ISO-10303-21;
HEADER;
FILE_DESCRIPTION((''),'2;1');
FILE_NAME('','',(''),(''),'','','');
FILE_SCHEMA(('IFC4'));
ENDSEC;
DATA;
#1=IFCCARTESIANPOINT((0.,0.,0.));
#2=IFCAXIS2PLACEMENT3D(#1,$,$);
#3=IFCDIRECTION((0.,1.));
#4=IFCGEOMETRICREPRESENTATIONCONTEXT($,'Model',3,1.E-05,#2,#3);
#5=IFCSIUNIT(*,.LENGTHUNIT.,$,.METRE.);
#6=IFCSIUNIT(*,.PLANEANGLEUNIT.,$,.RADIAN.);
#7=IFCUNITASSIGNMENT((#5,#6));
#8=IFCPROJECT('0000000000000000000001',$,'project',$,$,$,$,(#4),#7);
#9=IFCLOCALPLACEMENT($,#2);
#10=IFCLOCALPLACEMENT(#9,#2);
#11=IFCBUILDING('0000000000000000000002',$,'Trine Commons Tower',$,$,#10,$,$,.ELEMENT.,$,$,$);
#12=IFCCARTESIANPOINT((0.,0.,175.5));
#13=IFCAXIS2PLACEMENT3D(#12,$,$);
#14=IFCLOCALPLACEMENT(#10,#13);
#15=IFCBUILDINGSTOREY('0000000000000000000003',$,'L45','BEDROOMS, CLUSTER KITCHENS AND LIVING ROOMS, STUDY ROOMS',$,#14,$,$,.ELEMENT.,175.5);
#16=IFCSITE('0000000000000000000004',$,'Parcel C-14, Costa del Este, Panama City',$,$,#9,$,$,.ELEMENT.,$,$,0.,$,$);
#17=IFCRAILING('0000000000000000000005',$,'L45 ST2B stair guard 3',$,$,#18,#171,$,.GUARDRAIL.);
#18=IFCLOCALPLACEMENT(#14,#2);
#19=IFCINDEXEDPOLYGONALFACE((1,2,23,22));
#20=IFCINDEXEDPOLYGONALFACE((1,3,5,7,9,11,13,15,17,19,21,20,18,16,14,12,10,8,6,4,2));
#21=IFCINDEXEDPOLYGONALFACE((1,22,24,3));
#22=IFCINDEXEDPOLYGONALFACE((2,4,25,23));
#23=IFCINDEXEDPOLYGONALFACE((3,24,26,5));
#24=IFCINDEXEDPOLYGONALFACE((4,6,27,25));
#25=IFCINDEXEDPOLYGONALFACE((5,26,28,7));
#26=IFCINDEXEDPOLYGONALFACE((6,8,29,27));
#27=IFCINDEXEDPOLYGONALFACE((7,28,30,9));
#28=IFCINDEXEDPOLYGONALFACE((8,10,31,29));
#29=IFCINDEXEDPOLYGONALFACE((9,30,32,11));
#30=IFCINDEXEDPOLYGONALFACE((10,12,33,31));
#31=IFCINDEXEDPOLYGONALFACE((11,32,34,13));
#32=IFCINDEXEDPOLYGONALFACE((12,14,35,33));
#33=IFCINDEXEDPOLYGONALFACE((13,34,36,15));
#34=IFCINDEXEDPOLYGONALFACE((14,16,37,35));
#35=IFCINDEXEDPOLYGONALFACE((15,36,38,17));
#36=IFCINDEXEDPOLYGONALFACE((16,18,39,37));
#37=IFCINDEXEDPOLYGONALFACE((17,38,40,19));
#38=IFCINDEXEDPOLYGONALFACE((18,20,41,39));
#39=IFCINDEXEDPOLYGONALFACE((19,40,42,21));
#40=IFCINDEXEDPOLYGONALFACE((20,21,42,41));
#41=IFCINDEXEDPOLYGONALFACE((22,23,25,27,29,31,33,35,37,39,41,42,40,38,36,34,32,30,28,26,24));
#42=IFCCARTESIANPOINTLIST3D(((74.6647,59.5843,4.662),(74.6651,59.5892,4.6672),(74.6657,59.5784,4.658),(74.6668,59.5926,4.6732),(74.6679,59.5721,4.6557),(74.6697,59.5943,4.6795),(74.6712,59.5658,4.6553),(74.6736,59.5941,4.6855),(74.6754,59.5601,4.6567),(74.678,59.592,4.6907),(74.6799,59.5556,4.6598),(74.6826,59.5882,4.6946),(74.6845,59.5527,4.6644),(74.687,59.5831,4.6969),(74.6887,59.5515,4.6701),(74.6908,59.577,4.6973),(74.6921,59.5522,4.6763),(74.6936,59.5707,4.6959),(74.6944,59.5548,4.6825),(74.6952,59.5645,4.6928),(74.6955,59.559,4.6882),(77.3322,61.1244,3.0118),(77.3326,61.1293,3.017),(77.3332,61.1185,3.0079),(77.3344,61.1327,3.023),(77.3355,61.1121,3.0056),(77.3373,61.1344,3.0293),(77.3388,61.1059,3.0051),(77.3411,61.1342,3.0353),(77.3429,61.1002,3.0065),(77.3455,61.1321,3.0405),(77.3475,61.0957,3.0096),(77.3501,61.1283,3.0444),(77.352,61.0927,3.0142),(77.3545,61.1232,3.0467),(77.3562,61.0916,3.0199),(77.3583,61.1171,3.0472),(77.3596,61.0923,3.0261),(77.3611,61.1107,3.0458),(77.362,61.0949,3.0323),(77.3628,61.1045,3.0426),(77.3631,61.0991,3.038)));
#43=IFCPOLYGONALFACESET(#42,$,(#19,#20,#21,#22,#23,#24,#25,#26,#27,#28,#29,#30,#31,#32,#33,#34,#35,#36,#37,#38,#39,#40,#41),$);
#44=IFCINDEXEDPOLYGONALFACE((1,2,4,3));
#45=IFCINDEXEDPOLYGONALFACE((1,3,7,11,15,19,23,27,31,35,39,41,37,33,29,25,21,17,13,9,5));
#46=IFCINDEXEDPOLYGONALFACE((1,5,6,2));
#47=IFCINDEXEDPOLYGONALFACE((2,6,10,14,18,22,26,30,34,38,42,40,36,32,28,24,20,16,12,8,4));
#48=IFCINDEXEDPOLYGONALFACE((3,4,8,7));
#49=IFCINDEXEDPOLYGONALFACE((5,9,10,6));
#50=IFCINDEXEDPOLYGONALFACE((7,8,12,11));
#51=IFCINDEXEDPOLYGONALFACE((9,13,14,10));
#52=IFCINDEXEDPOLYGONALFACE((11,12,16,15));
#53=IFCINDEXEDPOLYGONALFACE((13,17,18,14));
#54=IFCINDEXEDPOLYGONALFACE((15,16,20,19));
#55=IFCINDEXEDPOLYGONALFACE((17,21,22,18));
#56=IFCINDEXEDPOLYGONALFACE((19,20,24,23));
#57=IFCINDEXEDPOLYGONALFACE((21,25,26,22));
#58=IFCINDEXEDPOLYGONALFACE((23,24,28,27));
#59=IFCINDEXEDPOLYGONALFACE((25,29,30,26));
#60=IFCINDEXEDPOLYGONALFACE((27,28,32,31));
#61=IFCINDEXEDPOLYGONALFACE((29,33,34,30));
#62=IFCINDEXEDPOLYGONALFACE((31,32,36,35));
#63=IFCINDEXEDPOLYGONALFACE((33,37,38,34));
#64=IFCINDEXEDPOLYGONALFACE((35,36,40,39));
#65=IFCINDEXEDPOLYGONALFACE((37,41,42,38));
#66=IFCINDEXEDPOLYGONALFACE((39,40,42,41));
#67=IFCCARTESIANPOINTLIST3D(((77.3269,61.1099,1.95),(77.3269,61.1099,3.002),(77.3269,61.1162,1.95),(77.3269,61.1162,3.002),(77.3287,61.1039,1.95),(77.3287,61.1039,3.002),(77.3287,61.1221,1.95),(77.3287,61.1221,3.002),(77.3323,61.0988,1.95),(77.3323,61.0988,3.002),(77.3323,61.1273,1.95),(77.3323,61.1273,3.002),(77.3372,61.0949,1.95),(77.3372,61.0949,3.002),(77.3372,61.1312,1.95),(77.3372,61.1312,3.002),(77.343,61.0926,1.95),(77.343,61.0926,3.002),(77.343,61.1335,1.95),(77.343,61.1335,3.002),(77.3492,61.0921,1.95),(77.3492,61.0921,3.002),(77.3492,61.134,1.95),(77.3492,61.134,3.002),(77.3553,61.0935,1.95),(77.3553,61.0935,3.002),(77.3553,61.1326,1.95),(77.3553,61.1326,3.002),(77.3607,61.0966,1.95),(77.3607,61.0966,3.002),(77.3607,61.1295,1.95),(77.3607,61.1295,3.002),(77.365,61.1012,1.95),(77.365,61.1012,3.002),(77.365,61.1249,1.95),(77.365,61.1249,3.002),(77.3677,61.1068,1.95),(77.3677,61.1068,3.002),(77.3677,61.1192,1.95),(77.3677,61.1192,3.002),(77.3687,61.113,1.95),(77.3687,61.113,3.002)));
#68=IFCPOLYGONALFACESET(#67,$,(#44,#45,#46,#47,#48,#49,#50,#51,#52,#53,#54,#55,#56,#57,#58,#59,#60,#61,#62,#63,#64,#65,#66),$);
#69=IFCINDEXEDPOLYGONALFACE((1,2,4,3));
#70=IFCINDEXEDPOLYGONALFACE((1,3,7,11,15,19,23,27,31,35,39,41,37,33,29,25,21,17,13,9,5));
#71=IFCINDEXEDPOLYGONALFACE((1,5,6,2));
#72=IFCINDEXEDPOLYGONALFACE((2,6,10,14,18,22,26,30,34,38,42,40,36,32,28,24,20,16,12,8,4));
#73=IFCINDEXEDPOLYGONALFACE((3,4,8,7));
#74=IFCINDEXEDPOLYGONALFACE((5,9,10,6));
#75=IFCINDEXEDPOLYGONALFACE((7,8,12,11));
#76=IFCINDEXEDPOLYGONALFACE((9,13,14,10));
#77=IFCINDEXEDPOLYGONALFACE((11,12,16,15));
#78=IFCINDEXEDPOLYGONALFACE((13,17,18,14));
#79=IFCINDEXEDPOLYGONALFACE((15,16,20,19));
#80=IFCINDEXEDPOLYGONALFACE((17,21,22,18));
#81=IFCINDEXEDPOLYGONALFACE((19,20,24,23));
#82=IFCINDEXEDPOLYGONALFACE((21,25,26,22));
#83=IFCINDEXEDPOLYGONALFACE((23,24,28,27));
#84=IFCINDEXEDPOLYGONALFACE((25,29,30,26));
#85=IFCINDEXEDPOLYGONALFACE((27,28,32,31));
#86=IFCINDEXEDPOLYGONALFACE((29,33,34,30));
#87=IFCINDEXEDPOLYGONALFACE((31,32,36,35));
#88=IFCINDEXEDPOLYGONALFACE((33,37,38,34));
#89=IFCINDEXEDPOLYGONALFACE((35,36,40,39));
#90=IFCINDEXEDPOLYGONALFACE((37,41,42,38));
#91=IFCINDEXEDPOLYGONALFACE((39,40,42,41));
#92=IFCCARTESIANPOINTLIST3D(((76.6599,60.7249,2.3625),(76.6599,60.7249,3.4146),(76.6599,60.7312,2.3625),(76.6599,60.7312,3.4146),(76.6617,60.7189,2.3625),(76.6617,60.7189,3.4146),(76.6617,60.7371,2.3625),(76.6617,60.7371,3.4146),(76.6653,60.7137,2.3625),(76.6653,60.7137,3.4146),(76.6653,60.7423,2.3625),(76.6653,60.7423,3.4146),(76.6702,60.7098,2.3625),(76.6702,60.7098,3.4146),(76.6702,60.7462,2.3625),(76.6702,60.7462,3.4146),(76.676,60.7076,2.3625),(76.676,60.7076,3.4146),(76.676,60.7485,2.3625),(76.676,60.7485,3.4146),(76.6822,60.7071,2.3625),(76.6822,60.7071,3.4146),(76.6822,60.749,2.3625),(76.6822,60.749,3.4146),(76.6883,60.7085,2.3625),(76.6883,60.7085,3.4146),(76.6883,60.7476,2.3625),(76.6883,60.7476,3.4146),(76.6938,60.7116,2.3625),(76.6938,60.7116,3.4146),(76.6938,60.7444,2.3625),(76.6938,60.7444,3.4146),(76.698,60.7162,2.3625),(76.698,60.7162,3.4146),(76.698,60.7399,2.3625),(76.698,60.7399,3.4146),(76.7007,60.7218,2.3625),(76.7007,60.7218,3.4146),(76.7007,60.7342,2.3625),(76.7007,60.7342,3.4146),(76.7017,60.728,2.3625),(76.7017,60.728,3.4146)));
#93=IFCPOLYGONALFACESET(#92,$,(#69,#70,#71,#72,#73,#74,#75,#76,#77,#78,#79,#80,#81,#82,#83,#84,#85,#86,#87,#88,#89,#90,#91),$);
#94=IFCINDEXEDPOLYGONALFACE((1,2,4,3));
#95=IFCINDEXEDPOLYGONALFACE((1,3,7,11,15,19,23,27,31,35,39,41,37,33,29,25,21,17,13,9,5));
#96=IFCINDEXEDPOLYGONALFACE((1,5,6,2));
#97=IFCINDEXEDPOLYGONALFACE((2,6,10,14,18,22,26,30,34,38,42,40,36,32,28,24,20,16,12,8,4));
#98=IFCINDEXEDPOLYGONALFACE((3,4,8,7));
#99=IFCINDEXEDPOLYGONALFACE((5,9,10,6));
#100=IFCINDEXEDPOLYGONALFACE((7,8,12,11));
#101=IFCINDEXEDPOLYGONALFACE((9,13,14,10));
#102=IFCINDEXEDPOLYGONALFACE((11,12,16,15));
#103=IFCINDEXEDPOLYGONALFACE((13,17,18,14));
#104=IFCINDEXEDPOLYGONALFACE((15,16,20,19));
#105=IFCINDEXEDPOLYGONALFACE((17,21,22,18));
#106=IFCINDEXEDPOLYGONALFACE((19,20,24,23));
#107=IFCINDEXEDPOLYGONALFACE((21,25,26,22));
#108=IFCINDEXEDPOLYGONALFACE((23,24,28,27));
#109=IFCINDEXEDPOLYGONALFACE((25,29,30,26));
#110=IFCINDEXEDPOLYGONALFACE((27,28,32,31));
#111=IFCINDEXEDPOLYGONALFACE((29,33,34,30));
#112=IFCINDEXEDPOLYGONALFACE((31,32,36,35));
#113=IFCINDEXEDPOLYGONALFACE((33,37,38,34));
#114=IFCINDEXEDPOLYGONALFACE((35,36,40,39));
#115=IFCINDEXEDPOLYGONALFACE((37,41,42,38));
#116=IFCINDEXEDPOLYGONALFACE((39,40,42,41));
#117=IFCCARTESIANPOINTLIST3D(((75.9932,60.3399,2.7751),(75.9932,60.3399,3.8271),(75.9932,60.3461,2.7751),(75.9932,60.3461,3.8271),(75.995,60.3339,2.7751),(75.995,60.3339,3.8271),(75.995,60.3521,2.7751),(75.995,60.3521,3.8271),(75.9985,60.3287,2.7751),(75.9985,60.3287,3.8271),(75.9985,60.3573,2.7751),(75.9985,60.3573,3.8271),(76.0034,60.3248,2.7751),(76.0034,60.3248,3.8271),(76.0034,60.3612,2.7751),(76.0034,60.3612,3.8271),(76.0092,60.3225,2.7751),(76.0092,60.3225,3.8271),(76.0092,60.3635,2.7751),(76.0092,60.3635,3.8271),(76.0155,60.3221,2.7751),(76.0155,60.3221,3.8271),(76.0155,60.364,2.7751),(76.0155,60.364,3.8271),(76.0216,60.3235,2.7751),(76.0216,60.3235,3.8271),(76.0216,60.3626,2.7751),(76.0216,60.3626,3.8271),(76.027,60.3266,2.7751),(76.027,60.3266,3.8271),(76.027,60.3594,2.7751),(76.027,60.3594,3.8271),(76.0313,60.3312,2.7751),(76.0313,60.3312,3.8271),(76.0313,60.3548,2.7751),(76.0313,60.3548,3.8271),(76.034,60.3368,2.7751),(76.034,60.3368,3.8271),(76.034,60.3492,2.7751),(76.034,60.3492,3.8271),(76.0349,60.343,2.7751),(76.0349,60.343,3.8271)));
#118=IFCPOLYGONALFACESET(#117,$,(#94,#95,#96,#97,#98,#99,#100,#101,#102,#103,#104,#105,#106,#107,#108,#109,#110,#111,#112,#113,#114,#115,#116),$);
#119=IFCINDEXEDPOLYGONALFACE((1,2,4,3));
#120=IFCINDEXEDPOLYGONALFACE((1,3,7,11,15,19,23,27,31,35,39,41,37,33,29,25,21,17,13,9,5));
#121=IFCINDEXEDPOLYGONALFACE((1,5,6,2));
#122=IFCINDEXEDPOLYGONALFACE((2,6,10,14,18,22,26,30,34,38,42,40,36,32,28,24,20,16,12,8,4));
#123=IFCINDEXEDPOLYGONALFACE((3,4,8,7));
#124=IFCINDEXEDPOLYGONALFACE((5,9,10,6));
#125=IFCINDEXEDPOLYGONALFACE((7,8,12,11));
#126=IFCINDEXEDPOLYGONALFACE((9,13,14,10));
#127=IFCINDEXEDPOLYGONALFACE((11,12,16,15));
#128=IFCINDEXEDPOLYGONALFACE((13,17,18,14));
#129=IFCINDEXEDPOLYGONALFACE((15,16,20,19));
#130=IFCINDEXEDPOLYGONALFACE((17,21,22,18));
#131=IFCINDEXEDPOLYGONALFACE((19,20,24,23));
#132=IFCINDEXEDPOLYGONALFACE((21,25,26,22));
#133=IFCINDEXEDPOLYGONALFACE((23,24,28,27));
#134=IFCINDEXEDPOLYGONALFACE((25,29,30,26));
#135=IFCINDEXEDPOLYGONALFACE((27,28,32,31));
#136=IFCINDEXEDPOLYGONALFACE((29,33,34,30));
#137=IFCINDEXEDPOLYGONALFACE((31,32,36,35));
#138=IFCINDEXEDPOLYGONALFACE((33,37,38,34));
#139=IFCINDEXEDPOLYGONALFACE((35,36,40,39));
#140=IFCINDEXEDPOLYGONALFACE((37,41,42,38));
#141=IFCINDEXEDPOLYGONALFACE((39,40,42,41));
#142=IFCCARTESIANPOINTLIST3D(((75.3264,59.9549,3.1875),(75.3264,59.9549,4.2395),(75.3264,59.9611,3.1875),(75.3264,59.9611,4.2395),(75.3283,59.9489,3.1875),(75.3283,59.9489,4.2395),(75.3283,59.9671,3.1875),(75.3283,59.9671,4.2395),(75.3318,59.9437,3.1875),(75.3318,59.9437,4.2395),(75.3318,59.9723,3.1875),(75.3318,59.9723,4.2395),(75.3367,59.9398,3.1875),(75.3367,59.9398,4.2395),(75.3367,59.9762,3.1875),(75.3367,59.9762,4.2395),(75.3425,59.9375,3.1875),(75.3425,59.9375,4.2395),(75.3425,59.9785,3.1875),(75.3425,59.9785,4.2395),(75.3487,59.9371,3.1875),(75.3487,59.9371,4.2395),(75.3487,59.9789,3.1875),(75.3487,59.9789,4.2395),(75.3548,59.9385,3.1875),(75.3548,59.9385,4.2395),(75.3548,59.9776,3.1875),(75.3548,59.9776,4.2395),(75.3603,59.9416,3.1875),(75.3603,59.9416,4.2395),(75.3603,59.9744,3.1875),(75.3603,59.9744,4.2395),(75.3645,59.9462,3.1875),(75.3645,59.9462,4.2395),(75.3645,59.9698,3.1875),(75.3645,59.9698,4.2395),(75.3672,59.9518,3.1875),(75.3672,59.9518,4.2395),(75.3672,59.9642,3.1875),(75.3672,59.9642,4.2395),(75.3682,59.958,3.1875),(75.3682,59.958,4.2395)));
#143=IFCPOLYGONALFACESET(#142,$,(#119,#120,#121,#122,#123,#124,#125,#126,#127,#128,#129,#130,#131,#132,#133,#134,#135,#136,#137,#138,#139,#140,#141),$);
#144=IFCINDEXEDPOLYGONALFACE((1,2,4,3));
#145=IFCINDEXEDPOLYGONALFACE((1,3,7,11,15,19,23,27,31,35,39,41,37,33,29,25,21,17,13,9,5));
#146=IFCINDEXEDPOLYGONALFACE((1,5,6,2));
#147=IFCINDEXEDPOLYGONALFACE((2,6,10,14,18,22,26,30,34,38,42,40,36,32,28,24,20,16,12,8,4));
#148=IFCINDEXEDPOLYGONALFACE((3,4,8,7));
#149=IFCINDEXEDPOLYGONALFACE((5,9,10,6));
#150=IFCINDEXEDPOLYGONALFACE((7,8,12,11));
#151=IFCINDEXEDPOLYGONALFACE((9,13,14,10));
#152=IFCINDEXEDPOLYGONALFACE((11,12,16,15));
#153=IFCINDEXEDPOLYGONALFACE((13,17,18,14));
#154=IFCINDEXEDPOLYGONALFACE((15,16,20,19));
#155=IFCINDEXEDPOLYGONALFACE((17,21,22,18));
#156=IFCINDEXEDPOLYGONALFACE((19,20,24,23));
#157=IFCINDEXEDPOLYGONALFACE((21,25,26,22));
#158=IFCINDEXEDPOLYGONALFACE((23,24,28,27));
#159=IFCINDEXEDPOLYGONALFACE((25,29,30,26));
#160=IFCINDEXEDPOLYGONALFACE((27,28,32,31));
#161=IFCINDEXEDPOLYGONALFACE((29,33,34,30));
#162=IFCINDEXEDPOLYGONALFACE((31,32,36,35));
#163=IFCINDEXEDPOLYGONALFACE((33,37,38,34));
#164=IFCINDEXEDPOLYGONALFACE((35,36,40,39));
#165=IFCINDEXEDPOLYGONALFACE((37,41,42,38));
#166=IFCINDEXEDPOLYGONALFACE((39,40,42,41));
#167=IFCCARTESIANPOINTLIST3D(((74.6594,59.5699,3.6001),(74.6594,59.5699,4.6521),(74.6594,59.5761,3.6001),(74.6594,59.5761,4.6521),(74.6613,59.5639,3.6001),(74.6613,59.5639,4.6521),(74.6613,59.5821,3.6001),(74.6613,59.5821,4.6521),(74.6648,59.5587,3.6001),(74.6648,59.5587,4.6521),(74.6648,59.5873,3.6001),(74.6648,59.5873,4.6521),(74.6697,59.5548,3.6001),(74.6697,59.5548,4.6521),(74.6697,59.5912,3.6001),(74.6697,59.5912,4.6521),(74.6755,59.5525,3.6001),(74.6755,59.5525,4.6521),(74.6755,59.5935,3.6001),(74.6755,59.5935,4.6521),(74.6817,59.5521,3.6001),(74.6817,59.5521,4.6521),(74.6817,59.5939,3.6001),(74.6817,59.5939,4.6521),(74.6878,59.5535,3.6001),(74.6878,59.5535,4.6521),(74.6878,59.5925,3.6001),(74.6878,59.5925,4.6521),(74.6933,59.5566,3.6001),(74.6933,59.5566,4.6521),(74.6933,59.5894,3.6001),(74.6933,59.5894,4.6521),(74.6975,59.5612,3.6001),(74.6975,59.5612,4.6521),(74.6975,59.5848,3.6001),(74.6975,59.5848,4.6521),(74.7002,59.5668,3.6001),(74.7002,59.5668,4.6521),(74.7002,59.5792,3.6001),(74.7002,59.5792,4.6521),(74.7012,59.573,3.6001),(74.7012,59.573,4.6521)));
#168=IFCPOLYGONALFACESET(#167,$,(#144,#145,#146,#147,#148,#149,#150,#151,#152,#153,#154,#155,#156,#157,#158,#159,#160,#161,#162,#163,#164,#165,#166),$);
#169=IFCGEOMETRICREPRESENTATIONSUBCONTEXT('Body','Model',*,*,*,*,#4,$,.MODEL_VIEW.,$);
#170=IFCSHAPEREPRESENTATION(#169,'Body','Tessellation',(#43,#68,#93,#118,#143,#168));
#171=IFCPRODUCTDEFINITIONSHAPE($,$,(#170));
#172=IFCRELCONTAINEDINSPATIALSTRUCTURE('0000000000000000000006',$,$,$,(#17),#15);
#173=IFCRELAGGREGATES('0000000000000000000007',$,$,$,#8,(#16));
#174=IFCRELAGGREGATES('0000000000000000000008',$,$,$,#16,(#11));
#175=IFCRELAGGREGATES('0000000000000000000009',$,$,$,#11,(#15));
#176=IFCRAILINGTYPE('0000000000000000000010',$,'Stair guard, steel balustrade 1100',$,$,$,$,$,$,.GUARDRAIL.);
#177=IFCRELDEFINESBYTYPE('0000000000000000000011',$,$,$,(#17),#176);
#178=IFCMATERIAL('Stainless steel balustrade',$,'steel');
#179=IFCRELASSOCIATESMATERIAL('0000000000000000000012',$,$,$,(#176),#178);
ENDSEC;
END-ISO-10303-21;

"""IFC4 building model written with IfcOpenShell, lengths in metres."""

from ifc_helpers import new_model, si_unit, direction, frame, origin, origin_2d, place, context, subcontext, project, spatial, circle, extrude, material, type_object, element, save


model = new_model("IFC4")

# Units and contexts
model_context = context("Model", 3, precision=1e-05, world=origin(), true_north=direction((0.0, 1.0)))
body_context = subcontext(model_context, "Body", "Model", "MODEL_VIEW")
ifc_project = project(units=[si_unit("LENGTHUNIT", "METRE"), si_unit("PLANEANGLEUNIT", "RADIAN")], contexts=[model_context])

# Site, building, storey
site_placement = place(None, origin())
site = spatial("IfcSite", under=ifc_project, at=site_placement, Name="Parcel C-14, Costa del Este, Panama City", CompositionType="ELEMENT", RefElevation=0.0)
building_placement = place(site_placement, origin())
building = spatial("IfcBuilding", under=site, at=building_placement, Name="Trine Commons Tower", CompositionType="ELEMENT")
storey_placement = place(building_placement, frame((0.0, 0.0, 175.5)))
storey = spatial("IfcBuildingStorey", under=building, at=storey_placement, Name="L45", Description="BEDROOMS, CLUSTER KITCHENS AND LIVING ROOMS, STUDY ROOMS", CompositionType="ELEMENT", Elevation=175.5)

# Railing
ifc_material_1 = material(Name="Stainless steel balustrade", Category="steel")
railing_type_1 = type_object("IfcRailingType", Name="Stair guard, steel balustrade 1100", PredefinedType="GUARDRAIL", material=ifc_material_1)
railing_1_placement = place(storey_placement, frame((77.3477, 61.113, 1.95)))
element("IfcRailing", 1, at=railing_1_placement, inside=storey, type_object=railing_type_1, Name="L45 ST2B stair guard 3", PredefinedType="GUARDRAIL", context=body_context, shape_type="SweptSolid", body=[
    extrude(circle(Radius=0.0239, at=origin_2d()), frame((0.0, 0.0, 1.0762), z_axis=(-0.76338, -0.440728, 0.472239), x_axis=(0.499992, -0.86603, 0.0)), (0.0, 0.0, 1.0), 3.4944),
    extrude(circle(Radius=0.021, at=origin_2d()), origin(), (0.0, 0.0, 1.0), 1.052),
    extrude(circle(Radius=0.021, at=origin_2d()), frame((-0.667, -0.385, 0.4126)), (0.0, 0.0, 1.0), 1.052),
    extrude(circle(Radius=0.021, at=origin_2d()), frame((-1.3337, -0.77, 0.8252)), (0.0, 0.0, 1.0), 1.052),
    extrude(circle(Radius=0.021, at=origin_2d()), frame((-2.0005, -1.155, 1.2375)), (0.0, 0.0, 1.0), 1.052),
    extrude(circle(Radius=0.021, at=origin_2d()), frame((-2.6675, -1.54, 1.6501)), (0.0, 0.0, 1.0), 1.052),
])

save(model, "model.ifc")
